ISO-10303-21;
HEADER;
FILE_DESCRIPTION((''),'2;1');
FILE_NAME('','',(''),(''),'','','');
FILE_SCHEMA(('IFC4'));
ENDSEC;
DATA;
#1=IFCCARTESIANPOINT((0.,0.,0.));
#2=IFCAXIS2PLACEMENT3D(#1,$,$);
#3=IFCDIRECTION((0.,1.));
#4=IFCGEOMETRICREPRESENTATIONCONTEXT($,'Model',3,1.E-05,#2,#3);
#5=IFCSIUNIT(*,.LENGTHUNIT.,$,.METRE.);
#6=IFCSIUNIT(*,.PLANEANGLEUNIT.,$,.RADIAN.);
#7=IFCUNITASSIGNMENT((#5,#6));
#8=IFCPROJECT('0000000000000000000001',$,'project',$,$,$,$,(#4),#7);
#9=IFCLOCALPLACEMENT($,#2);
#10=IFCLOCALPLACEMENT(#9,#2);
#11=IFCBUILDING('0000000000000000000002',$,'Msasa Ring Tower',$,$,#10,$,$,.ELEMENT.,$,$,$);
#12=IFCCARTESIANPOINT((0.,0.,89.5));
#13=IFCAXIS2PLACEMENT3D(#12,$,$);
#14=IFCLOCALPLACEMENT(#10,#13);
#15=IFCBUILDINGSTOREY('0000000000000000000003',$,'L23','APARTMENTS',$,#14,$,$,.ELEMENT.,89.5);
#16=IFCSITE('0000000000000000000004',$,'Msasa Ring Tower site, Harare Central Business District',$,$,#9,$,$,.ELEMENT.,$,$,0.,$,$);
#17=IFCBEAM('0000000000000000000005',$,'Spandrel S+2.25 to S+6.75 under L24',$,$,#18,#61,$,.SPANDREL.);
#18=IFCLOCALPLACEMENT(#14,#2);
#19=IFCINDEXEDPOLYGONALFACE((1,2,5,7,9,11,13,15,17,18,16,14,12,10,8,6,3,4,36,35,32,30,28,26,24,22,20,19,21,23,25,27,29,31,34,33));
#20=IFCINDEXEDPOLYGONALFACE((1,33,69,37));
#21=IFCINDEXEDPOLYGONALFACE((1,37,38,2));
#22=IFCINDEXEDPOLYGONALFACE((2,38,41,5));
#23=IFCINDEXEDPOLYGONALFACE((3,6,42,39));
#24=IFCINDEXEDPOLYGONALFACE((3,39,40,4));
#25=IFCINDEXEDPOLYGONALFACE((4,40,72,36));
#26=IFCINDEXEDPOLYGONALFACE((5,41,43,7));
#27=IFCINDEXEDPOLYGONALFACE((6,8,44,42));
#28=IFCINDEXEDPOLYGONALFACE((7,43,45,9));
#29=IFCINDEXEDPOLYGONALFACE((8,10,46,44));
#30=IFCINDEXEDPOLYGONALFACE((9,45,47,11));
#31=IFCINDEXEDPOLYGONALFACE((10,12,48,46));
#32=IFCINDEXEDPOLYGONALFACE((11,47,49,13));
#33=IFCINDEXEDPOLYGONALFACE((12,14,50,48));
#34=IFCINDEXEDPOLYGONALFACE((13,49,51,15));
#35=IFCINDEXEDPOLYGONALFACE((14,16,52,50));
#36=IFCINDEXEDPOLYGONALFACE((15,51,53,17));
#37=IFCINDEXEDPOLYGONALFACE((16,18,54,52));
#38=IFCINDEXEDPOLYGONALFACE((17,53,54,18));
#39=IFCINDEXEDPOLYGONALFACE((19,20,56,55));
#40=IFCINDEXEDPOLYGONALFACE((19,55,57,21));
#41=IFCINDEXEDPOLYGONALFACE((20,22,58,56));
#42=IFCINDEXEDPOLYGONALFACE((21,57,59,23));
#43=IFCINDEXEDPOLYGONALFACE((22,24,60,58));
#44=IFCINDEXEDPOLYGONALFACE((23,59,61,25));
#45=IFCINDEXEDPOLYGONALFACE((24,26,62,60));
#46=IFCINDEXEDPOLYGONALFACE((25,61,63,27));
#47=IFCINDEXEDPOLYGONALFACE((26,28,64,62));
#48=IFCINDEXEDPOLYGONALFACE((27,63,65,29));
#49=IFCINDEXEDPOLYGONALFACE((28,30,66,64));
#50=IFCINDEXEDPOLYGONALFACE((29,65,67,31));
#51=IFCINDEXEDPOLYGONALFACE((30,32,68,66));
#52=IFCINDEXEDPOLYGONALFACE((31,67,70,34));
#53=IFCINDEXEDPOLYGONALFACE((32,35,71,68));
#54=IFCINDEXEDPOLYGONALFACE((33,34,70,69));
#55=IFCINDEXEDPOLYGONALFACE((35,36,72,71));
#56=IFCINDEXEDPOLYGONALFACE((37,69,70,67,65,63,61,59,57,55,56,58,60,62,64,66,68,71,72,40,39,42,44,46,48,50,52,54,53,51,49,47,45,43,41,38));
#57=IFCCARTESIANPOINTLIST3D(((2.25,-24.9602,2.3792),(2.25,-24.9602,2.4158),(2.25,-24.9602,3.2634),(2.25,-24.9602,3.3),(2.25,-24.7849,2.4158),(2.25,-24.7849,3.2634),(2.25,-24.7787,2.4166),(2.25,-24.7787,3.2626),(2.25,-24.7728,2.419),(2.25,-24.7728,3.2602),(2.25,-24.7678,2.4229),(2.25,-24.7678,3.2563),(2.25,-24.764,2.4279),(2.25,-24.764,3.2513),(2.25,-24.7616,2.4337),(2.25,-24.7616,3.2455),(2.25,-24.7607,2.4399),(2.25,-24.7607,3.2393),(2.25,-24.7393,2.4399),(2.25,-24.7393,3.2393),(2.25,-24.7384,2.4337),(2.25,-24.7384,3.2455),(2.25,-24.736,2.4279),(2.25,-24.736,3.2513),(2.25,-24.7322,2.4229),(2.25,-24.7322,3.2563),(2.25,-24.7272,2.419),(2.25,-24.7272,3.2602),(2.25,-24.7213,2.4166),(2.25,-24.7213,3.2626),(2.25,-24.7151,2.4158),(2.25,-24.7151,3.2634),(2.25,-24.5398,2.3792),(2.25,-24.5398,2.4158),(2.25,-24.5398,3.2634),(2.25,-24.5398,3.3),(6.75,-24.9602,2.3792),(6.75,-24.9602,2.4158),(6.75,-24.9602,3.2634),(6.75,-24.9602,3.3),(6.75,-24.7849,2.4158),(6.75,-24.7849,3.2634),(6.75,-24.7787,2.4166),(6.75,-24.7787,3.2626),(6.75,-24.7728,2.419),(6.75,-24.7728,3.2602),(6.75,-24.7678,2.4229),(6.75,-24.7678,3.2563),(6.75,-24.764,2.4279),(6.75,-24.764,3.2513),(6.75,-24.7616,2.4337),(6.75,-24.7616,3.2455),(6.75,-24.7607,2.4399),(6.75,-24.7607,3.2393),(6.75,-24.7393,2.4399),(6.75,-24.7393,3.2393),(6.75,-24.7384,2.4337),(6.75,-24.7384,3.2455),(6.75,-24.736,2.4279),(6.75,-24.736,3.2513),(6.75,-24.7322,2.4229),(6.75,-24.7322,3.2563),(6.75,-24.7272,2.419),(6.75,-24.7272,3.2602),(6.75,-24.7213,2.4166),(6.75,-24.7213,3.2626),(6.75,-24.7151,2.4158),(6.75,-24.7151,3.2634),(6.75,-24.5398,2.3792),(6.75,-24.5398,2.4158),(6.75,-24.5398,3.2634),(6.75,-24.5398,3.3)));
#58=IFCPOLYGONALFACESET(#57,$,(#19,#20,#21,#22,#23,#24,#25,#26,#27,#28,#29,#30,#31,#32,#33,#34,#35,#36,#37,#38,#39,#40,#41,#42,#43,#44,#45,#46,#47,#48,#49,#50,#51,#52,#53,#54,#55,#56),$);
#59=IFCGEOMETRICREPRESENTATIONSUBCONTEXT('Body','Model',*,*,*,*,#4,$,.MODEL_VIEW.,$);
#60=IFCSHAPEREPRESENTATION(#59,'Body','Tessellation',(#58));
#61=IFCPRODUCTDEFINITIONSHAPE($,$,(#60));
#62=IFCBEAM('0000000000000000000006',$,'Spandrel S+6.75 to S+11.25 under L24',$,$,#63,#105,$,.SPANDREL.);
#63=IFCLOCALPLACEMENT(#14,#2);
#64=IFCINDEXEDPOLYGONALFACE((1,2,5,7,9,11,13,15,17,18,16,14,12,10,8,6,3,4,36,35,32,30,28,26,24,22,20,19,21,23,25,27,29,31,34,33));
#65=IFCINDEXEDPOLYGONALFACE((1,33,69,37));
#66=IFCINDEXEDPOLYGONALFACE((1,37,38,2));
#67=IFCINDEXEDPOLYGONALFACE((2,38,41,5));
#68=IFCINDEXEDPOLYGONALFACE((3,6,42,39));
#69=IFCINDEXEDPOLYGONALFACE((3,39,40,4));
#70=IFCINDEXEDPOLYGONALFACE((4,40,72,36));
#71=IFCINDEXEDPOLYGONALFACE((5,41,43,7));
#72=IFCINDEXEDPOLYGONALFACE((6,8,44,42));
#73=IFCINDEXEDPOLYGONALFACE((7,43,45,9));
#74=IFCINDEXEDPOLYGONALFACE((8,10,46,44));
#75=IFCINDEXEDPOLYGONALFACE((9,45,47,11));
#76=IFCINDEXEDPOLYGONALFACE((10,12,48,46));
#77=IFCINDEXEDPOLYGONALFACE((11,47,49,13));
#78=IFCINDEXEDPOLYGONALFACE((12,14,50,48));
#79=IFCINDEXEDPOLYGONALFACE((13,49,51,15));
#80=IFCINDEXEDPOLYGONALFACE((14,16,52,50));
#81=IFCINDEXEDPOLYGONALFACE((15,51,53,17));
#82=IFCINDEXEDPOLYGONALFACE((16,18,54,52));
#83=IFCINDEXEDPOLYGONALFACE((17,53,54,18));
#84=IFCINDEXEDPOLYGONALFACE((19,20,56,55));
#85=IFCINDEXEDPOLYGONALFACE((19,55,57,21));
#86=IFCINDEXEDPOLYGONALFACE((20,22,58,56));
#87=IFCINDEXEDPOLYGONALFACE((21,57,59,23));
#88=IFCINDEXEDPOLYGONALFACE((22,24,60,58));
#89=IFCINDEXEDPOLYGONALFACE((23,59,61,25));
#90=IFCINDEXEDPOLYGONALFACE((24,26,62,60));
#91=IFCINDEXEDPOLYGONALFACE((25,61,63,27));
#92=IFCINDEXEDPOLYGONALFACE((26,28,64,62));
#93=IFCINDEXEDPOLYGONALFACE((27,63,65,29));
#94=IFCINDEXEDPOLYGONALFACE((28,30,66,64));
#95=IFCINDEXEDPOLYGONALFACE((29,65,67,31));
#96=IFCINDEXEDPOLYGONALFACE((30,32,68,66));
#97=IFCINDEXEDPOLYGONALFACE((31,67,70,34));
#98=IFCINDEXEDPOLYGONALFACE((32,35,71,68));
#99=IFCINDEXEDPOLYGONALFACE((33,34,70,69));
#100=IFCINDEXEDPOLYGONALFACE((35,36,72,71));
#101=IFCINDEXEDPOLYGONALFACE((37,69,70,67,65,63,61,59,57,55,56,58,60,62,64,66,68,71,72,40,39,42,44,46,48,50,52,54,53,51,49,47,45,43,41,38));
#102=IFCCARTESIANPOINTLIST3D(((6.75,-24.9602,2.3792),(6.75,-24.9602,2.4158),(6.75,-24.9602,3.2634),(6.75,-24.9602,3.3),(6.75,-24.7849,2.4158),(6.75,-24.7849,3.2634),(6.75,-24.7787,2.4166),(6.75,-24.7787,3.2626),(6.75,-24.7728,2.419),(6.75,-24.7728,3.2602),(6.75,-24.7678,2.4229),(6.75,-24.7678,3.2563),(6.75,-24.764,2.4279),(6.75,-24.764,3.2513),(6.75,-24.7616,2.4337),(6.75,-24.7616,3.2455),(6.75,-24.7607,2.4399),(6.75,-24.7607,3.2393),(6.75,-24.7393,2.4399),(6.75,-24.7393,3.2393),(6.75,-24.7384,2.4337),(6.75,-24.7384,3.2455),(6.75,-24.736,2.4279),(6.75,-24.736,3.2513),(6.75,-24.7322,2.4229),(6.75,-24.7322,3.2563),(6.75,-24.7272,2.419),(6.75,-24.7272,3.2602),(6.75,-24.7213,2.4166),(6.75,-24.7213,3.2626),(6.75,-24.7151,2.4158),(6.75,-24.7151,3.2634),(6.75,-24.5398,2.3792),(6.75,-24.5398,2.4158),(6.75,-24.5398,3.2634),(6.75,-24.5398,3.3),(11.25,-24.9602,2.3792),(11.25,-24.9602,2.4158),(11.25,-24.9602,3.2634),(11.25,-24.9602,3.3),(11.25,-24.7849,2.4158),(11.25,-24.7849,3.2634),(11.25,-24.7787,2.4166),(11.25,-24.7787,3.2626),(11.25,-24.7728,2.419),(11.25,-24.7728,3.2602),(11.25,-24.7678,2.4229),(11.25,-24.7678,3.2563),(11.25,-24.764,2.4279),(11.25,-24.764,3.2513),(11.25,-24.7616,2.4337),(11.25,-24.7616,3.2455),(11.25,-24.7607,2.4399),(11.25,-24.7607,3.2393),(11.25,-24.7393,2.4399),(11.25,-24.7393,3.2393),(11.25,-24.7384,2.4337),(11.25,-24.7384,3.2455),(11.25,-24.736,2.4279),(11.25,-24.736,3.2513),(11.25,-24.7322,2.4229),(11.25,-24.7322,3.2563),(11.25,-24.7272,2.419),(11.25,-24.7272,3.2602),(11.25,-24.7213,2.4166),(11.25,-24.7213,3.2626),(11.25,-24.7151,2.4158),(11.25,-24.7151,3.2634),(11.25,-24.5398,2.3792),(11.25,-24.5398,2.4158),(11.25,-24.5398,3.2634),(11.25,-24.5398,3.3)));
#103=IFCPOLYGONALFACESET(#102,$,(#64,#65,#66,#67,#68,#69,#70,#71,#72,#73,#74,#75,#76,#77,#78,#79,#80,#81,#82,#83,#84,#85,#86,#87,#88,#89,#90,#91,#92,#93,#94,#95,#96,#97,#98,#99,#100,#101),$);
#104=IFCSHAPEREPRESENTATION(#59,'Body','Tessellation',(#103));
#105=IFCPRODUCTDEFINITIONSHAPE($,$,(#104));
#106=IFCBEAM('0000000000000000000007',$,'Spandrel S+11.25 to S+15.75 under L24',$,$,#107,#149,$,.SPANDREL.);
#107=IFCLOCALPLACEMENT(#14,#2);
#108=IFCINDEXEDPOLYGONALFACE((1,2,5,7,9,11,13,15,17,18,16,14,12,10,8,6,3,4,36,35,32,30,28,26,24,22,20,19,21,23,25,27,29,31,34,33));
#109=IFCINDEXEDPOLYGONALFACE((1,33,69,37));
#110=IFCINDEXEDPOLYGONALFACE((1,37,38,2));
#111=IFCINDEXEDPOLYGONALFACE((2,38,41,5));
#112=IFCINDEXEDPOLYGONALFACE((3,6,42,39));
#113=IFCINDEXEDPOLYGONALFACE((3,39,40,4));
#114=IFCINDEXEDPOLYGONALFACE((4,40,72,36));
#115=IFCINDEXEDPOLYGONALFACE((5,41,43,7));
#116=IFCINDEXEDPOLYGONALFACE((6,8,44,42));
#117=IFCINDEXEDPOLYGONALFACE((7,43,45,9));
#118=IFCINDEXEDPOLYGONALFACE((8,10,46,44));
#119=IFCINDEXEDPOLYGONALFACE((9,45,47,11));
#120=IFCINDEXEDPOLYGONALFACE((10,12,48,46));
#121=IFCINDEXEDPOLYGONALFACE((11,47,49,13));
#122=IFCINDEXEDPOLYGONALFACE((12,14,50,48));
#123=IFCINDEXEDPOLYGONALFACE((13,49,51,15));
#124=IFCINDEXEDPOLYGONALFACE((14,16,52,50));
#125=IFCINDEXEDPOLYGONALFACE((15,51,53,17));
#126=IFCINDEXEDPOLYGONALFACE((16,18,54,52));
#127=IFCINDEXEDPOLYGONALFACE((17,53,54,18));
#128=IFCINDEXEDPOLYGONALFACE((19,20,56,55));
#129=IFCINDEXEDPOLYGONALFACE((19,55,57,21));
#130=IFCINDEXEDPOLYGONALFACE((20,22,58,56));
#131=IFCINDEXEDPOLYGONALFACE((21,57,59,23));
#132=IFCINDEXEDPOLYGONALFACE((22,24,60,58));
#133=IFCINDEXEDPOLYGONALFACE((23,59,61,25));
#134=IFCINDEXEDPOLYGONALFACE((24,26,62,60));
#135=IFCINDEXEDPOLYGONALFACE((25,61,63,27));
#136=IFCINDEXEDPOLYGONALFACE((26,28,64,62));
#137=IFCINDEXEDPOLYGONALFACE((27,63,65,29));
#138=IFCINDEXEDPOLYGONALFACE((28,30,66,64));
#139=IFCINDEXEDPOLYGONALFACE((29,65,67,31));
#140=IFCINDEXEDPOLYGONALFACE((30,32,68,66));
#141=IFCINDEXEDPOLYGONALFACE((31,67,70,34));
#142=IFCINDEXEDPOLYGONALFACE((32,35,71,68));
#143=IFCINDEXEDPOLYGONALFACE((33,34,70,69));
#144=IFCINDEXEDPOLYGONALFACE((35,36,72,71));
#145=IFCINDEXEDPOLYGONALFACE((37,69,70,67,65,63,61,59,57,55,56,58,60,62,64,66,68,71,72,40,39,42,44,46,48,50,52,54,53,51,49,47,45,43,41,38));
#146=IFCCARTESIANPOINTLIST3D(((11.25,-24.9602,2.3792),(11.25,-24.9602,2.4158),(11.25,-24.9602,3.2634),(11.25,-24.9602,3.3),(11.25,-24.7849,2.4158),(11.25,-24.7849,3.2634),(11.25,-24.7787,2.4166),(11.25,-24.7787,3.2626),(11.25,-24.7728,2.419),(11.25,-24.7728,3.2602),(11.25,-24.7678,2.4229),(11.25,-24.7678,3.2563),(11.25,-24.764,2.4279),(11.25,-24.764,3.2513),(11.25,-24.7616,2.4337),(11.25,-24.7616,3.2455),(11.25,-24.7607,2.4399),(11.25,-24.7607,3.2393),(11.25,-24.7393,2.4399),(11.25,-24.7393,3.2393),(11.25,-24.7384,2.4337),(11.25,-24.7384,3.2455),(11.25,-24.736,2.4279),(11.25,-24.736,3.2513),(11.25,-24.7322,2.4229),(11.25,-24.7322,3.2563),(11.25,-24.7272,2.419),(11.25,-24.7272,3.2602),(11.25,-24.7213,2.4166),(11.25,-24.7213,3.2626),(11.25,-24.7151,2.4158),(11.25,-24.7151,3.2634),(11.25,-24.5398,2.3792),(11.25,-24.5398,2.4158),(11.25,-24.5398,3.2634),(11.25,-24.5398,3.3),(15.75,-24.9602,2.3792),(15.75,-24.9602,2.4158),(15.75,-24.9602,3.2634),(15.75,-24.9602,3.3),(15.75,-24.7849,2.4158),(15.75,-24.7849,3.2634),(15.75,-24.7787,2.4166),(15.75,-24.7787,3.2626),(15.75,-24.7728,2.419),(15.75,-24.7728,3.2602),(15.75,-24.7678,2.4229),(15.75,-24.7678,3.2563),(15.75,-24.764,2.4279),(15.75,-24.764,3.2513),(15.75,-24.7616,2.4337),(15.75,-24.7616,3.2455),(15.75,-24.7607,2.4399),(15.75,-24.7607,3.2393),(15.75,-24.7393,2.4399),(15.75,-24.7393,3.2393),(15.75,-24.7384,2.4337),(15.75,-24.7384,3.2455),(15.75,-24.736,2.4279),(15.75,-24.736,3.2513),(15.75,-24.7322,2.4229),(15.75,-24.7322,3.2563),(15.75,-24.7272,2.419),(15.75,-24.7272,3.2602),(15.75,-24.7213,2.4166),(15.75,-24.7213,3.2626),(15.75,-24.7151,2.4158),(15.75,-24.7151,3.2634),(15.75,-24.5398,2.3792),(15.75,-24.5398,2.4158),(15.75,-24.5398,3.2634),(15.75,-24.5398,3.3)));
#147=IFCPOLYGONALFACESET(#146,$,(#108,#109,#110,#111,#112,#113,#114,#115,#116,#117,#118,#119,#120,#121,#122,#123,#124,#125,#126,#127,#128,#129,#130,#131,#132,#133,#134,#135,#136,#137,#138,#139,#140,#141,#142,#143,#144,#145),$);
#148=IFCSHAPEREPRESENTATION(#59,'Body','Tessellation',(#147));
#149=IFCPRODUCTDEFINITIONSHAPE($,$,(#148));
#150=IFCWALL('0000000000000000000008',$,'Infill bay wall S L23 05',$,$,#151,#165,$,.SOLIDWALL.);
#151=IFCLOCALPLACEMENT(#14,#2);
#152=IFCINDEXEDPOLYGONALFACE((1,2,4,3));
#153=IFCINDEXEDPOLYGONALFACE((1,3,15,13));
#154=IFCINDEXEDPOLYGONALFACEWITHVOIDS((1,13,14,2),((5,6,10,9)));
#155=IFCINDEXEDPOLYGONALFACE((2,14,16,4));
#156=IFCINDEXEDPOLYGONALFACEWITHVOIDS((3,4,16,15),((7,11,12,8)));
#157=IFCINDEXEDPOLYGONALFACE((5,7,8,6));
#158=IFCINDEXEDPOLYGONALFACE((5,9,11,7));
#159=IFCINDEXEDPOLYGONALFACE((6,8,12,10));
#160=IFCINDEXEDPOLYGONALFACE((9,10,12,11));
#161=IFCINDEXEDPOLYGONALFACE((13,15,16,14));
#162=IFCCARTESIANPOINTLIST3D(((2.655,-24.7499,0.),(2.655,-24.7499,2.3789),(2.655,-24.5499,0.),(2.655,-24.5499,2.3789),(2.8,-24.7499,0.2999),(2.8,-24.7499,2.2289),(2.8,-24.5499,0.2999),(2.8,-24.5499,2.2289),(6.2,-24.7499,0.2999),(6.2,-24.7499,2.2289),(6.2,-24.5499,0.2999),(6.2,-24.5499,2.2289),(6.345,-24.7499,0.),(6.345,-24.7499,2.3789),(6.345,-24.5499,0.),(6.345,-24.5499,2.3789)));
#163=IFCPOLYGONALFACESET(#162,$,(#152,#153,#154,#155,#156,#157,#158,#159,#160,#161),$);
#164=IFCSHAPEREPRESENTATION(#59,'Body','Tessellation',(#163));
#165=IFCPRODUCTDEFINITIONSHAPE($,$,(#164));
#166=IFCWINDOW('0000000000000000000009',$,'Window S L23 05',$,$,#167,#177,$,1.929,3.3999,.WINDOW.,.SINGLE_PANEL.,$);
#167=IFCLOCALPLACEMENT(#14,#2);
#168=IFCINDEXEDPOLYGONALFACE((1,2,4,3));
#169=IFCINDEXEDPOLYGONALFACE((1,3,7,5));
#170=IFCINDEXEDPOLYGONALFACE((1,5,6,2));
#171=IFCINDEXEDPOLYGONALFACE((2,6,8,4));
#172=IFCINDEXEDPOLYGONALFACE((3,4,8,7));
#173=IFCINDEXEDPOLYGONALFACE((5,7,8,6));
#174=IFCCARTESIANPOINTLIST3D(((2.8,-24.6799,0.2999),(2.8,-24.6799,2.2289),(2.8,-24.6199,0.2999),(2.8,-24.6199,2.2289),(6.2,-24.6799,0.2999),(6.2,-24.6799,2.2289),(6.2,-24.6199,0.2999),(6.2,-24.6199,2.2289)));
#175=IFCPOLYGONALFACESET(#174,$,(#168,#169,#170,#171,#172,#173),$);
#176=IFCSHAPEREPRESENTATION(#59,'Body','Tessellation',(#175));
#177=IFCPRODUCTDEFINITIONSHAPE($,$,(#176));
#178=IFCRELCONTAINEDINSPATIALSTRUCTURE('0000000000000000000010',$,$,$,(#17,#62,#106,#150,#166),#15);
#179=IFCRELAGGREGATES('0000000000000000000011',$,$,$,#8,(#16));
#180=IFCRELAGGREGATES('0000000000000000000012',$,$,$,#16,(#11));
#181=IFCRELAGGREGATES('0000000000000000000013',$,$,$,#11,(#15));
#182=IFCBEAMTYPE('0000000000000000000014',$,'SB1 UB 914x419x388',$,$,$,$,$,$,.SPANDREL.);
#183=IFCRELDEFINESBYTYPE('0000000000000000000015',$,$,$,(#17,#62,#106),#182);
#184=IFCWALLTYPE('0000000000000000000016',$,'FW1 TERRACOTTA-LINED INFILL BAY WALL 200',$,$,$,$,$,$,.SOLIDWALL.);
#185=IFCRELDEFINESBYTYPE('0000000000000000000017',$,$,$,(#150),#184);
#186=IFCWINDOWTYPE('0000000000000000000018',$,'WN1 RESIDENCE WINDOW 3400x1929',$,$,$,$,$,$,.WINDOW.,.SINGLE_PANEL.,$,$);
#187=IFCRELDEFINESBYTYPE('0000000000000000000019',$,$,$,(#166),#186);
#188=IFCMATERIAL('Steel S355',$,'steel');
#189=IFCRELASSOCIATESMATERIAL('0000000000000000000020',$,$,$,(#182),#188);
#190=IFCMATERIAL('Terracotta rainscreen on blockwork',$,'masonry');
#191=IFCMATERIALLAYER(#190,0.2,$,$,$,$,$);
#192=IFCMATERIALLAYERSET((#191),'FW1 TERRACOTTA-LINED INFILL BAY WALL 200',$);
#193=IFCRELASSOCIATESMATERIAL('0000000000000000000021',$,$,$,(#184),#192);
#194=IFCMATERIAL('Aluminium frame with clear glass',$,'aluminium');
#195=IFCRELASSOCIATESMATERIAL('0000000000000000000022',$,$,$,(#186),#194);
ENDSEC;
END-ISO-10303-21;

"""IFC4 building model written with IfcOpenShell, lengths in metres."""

from ifc_helpers import new_model, si_unit, direction, frame, frame_2d, origin, origin_2d, place, context, subcontext, project, spatial, rectangle, i_section, extrude, material, layer, layer_set, material_profile, profile_set, type_object, element, fill, save


model = new_model("IFC4")

# Units and contexts
model_context = context("Model", 3, precision=1e-05, world=origin(), true_north=direction((0.0, 1.0)))
body_context = subcontext(model_context, "Body", "Model", "MODEL_VIEW")
ifc_project = project(units=[si_unit("LENGTHUNIT", "METRE"), si_unit("PLANEANGLEUNIT", "RADIAN")], contexts=[model_context])

# Site, building, storey
site_placement = place(None, origin())
site = spatial("IfcSite", under=ifc_project, at=site_placement, Name="Msasa Ring Tower site, Harare Central Business District", CompositionType="ELEMENT", RefElevation=0.0)
building_placement = place(site_placement, origin())
building = spatial("IfcBuilding", under=site, at=building_placement, Name="Msasa Ring Tower", CompositionType="ELEMENT")
storey_placement = place(building_placement, frame((0.0, 0.0, 89.5)))
storey = spatial("IfcBuildingStorey", under=building, at=storey_placement, Name="L23", Description="APARTMENTS", CompositionType="ELEMENT", Elevation=89.5)

# Beams
ifc_material_1 = material(Name="Steel S355", Category="steel")
ifc_material_profile_1 = material_profile(ifc_material_1, i_section(OverallWidth=0.4204, OverallDepth=0.9209, WebThickness=0.0215, FlangeThickness=0.0366, FilletRadius=0.0242, at=origin_2d()), Name="UB 914x419x388")
ifc_profile_set_1 = profile_set([ifc_material_profile_1], Name="Steel S355")
beam_type_1 = type_object("IfcBeamType", Name="SB1 UB 914x419x388", PredefinedType="SPANDREL", material=ifc_profile_set_1)
for number, where, z_axis, x_axis, name in (
    (1, (2.25, -24.75, 2.8396), (1.0, 0.0, 0.0), (0.0, 1.0, 0.0), "Spandrel S+2.25 to S+6.75 under L24"),
    (2, (6.75, -24.75, 2.8396), (1.0, 0.0, 0.0), (0.0, 1.0, 0.0), "Spandrel S+6.75 to S+11.25 under L24"),
    (3, (11.25, -24.75, 2.8396), (1.0, 0.0, 0.0), (0.0, 1.0, 0.0), "Spandrel S+11.25 to S+15.75 under L24"),
):
    element("IfcBeam", number, at=place(storey_placement, frame(where, z_axis=z_axis, x_axis=x_axis)), inside=storey, type_object=beam_type_1, Name=name, PredefinedType="SPANDREL", context=body_context, shape_type="SweptSolid", body=[
        extrude(i_section(OverallWidth=0.4204, OverallDepth=0.9209, WebThickness=0.0215, FlangeThickness=0.0366, FilletRadius=0.0242, at=origin_2d()), origin(), (0.0, 0.0, 1.0), 4.5),
    ])

# Wall, opening, window
ifc_material_2 = material(Name="Terracotta rainscreen on blockwork", Category="masonry")
ifc_layer_1 = layer(ifc_material_2, 0.2)
ifc_layer_set_1 = layer_set([ifc_layer_1], Name="FW1 TERRACOTTA-LINED INFILL BAY WALL 200")
wall_type_1 = type_object("IfcWallType", Name="FW1 TERRACOTTA-LINED INFILL BAY WALL 200", PredefinedType="SOLIDWALL", material=ifc_layer_set_1)
wall_1_placement = place(storey_placement, frame((2.655, -24.6499, 0.0), z_axis=(0.0, 0.0, 1.0), x_axis=(1.0, 0.0, 0.0)))
wall_1 = element("IfcWall", 4, at=wall_1_placement, inside=storey, type_object=wall_type_1, Name="Infill bay wall S L23 05", PredefinedType="SOLIDWALL", context=body_context, shape_type="SweptSolid", body=[
    extrude(rectangle(XDim=3.6899, YDim=0.2, at=frame_2d((1.845, 0.0))), origin(), (0.0, 0.0, 1.0), 2.3789),
])
opening_1_placement = place(wall_1_placement, frame((0.145, 0.0, 0.3)))
opening_1 = element("IfcOpeningElement", 5, at=opening_1_placement, cuts=wall_1, PredefinedType="OPENING", context=body_context, shape_type="SweptSolid", body=[
    extrude(rectangle(XDim=3.3999, YDim=1.929, at=frame_2d((1.7, 0.9644))), frame((0.0, 0.1099, 0.0), z_axis=(0.0, -1.0, 0.0), x_axis=(1.0, 0.0, 0.0)), (0.0, 0.0, 1.0), 0.22),
])
ifc_material_3 = material(Name="Aluminium frame with clear glass", Category="aluminium")
window_type = type_object("IfcWindowType", Name="WN1 RESIDENCE WINDOW 3400x1929", PartitioningType="SINGLE_PANEL", PredefinedType="WINDOW", material=ifc_material_3)
window_1_placement = place(opening_1_placement, origin())
window_1 = element("IfcWindow", 6, at=window_1_placement, inside=storey, type_object=window_type, Name="Window S L23 05", OverallHeight=1.929, OverallWidth=3.3999, PartitioningType="SINGLE_PANEL", PredefinedType="WINDOW", context=body_context, shape_type="SweptSolid", body=[
    extrude(rectangle(XDim=3.3999, YDim=1.929, at=frame_2d((1.7, 0.9644))), frame((0.0, 0.03, 0.0), z_axis=(0.0, -1.0, 0.0), x_axis=(1.0, 0.0, 0.0)), (0.0, 0.0, 1.0), 0.0601),
])
fill(opening_1, window_1)

save(model, "model.ifc")
